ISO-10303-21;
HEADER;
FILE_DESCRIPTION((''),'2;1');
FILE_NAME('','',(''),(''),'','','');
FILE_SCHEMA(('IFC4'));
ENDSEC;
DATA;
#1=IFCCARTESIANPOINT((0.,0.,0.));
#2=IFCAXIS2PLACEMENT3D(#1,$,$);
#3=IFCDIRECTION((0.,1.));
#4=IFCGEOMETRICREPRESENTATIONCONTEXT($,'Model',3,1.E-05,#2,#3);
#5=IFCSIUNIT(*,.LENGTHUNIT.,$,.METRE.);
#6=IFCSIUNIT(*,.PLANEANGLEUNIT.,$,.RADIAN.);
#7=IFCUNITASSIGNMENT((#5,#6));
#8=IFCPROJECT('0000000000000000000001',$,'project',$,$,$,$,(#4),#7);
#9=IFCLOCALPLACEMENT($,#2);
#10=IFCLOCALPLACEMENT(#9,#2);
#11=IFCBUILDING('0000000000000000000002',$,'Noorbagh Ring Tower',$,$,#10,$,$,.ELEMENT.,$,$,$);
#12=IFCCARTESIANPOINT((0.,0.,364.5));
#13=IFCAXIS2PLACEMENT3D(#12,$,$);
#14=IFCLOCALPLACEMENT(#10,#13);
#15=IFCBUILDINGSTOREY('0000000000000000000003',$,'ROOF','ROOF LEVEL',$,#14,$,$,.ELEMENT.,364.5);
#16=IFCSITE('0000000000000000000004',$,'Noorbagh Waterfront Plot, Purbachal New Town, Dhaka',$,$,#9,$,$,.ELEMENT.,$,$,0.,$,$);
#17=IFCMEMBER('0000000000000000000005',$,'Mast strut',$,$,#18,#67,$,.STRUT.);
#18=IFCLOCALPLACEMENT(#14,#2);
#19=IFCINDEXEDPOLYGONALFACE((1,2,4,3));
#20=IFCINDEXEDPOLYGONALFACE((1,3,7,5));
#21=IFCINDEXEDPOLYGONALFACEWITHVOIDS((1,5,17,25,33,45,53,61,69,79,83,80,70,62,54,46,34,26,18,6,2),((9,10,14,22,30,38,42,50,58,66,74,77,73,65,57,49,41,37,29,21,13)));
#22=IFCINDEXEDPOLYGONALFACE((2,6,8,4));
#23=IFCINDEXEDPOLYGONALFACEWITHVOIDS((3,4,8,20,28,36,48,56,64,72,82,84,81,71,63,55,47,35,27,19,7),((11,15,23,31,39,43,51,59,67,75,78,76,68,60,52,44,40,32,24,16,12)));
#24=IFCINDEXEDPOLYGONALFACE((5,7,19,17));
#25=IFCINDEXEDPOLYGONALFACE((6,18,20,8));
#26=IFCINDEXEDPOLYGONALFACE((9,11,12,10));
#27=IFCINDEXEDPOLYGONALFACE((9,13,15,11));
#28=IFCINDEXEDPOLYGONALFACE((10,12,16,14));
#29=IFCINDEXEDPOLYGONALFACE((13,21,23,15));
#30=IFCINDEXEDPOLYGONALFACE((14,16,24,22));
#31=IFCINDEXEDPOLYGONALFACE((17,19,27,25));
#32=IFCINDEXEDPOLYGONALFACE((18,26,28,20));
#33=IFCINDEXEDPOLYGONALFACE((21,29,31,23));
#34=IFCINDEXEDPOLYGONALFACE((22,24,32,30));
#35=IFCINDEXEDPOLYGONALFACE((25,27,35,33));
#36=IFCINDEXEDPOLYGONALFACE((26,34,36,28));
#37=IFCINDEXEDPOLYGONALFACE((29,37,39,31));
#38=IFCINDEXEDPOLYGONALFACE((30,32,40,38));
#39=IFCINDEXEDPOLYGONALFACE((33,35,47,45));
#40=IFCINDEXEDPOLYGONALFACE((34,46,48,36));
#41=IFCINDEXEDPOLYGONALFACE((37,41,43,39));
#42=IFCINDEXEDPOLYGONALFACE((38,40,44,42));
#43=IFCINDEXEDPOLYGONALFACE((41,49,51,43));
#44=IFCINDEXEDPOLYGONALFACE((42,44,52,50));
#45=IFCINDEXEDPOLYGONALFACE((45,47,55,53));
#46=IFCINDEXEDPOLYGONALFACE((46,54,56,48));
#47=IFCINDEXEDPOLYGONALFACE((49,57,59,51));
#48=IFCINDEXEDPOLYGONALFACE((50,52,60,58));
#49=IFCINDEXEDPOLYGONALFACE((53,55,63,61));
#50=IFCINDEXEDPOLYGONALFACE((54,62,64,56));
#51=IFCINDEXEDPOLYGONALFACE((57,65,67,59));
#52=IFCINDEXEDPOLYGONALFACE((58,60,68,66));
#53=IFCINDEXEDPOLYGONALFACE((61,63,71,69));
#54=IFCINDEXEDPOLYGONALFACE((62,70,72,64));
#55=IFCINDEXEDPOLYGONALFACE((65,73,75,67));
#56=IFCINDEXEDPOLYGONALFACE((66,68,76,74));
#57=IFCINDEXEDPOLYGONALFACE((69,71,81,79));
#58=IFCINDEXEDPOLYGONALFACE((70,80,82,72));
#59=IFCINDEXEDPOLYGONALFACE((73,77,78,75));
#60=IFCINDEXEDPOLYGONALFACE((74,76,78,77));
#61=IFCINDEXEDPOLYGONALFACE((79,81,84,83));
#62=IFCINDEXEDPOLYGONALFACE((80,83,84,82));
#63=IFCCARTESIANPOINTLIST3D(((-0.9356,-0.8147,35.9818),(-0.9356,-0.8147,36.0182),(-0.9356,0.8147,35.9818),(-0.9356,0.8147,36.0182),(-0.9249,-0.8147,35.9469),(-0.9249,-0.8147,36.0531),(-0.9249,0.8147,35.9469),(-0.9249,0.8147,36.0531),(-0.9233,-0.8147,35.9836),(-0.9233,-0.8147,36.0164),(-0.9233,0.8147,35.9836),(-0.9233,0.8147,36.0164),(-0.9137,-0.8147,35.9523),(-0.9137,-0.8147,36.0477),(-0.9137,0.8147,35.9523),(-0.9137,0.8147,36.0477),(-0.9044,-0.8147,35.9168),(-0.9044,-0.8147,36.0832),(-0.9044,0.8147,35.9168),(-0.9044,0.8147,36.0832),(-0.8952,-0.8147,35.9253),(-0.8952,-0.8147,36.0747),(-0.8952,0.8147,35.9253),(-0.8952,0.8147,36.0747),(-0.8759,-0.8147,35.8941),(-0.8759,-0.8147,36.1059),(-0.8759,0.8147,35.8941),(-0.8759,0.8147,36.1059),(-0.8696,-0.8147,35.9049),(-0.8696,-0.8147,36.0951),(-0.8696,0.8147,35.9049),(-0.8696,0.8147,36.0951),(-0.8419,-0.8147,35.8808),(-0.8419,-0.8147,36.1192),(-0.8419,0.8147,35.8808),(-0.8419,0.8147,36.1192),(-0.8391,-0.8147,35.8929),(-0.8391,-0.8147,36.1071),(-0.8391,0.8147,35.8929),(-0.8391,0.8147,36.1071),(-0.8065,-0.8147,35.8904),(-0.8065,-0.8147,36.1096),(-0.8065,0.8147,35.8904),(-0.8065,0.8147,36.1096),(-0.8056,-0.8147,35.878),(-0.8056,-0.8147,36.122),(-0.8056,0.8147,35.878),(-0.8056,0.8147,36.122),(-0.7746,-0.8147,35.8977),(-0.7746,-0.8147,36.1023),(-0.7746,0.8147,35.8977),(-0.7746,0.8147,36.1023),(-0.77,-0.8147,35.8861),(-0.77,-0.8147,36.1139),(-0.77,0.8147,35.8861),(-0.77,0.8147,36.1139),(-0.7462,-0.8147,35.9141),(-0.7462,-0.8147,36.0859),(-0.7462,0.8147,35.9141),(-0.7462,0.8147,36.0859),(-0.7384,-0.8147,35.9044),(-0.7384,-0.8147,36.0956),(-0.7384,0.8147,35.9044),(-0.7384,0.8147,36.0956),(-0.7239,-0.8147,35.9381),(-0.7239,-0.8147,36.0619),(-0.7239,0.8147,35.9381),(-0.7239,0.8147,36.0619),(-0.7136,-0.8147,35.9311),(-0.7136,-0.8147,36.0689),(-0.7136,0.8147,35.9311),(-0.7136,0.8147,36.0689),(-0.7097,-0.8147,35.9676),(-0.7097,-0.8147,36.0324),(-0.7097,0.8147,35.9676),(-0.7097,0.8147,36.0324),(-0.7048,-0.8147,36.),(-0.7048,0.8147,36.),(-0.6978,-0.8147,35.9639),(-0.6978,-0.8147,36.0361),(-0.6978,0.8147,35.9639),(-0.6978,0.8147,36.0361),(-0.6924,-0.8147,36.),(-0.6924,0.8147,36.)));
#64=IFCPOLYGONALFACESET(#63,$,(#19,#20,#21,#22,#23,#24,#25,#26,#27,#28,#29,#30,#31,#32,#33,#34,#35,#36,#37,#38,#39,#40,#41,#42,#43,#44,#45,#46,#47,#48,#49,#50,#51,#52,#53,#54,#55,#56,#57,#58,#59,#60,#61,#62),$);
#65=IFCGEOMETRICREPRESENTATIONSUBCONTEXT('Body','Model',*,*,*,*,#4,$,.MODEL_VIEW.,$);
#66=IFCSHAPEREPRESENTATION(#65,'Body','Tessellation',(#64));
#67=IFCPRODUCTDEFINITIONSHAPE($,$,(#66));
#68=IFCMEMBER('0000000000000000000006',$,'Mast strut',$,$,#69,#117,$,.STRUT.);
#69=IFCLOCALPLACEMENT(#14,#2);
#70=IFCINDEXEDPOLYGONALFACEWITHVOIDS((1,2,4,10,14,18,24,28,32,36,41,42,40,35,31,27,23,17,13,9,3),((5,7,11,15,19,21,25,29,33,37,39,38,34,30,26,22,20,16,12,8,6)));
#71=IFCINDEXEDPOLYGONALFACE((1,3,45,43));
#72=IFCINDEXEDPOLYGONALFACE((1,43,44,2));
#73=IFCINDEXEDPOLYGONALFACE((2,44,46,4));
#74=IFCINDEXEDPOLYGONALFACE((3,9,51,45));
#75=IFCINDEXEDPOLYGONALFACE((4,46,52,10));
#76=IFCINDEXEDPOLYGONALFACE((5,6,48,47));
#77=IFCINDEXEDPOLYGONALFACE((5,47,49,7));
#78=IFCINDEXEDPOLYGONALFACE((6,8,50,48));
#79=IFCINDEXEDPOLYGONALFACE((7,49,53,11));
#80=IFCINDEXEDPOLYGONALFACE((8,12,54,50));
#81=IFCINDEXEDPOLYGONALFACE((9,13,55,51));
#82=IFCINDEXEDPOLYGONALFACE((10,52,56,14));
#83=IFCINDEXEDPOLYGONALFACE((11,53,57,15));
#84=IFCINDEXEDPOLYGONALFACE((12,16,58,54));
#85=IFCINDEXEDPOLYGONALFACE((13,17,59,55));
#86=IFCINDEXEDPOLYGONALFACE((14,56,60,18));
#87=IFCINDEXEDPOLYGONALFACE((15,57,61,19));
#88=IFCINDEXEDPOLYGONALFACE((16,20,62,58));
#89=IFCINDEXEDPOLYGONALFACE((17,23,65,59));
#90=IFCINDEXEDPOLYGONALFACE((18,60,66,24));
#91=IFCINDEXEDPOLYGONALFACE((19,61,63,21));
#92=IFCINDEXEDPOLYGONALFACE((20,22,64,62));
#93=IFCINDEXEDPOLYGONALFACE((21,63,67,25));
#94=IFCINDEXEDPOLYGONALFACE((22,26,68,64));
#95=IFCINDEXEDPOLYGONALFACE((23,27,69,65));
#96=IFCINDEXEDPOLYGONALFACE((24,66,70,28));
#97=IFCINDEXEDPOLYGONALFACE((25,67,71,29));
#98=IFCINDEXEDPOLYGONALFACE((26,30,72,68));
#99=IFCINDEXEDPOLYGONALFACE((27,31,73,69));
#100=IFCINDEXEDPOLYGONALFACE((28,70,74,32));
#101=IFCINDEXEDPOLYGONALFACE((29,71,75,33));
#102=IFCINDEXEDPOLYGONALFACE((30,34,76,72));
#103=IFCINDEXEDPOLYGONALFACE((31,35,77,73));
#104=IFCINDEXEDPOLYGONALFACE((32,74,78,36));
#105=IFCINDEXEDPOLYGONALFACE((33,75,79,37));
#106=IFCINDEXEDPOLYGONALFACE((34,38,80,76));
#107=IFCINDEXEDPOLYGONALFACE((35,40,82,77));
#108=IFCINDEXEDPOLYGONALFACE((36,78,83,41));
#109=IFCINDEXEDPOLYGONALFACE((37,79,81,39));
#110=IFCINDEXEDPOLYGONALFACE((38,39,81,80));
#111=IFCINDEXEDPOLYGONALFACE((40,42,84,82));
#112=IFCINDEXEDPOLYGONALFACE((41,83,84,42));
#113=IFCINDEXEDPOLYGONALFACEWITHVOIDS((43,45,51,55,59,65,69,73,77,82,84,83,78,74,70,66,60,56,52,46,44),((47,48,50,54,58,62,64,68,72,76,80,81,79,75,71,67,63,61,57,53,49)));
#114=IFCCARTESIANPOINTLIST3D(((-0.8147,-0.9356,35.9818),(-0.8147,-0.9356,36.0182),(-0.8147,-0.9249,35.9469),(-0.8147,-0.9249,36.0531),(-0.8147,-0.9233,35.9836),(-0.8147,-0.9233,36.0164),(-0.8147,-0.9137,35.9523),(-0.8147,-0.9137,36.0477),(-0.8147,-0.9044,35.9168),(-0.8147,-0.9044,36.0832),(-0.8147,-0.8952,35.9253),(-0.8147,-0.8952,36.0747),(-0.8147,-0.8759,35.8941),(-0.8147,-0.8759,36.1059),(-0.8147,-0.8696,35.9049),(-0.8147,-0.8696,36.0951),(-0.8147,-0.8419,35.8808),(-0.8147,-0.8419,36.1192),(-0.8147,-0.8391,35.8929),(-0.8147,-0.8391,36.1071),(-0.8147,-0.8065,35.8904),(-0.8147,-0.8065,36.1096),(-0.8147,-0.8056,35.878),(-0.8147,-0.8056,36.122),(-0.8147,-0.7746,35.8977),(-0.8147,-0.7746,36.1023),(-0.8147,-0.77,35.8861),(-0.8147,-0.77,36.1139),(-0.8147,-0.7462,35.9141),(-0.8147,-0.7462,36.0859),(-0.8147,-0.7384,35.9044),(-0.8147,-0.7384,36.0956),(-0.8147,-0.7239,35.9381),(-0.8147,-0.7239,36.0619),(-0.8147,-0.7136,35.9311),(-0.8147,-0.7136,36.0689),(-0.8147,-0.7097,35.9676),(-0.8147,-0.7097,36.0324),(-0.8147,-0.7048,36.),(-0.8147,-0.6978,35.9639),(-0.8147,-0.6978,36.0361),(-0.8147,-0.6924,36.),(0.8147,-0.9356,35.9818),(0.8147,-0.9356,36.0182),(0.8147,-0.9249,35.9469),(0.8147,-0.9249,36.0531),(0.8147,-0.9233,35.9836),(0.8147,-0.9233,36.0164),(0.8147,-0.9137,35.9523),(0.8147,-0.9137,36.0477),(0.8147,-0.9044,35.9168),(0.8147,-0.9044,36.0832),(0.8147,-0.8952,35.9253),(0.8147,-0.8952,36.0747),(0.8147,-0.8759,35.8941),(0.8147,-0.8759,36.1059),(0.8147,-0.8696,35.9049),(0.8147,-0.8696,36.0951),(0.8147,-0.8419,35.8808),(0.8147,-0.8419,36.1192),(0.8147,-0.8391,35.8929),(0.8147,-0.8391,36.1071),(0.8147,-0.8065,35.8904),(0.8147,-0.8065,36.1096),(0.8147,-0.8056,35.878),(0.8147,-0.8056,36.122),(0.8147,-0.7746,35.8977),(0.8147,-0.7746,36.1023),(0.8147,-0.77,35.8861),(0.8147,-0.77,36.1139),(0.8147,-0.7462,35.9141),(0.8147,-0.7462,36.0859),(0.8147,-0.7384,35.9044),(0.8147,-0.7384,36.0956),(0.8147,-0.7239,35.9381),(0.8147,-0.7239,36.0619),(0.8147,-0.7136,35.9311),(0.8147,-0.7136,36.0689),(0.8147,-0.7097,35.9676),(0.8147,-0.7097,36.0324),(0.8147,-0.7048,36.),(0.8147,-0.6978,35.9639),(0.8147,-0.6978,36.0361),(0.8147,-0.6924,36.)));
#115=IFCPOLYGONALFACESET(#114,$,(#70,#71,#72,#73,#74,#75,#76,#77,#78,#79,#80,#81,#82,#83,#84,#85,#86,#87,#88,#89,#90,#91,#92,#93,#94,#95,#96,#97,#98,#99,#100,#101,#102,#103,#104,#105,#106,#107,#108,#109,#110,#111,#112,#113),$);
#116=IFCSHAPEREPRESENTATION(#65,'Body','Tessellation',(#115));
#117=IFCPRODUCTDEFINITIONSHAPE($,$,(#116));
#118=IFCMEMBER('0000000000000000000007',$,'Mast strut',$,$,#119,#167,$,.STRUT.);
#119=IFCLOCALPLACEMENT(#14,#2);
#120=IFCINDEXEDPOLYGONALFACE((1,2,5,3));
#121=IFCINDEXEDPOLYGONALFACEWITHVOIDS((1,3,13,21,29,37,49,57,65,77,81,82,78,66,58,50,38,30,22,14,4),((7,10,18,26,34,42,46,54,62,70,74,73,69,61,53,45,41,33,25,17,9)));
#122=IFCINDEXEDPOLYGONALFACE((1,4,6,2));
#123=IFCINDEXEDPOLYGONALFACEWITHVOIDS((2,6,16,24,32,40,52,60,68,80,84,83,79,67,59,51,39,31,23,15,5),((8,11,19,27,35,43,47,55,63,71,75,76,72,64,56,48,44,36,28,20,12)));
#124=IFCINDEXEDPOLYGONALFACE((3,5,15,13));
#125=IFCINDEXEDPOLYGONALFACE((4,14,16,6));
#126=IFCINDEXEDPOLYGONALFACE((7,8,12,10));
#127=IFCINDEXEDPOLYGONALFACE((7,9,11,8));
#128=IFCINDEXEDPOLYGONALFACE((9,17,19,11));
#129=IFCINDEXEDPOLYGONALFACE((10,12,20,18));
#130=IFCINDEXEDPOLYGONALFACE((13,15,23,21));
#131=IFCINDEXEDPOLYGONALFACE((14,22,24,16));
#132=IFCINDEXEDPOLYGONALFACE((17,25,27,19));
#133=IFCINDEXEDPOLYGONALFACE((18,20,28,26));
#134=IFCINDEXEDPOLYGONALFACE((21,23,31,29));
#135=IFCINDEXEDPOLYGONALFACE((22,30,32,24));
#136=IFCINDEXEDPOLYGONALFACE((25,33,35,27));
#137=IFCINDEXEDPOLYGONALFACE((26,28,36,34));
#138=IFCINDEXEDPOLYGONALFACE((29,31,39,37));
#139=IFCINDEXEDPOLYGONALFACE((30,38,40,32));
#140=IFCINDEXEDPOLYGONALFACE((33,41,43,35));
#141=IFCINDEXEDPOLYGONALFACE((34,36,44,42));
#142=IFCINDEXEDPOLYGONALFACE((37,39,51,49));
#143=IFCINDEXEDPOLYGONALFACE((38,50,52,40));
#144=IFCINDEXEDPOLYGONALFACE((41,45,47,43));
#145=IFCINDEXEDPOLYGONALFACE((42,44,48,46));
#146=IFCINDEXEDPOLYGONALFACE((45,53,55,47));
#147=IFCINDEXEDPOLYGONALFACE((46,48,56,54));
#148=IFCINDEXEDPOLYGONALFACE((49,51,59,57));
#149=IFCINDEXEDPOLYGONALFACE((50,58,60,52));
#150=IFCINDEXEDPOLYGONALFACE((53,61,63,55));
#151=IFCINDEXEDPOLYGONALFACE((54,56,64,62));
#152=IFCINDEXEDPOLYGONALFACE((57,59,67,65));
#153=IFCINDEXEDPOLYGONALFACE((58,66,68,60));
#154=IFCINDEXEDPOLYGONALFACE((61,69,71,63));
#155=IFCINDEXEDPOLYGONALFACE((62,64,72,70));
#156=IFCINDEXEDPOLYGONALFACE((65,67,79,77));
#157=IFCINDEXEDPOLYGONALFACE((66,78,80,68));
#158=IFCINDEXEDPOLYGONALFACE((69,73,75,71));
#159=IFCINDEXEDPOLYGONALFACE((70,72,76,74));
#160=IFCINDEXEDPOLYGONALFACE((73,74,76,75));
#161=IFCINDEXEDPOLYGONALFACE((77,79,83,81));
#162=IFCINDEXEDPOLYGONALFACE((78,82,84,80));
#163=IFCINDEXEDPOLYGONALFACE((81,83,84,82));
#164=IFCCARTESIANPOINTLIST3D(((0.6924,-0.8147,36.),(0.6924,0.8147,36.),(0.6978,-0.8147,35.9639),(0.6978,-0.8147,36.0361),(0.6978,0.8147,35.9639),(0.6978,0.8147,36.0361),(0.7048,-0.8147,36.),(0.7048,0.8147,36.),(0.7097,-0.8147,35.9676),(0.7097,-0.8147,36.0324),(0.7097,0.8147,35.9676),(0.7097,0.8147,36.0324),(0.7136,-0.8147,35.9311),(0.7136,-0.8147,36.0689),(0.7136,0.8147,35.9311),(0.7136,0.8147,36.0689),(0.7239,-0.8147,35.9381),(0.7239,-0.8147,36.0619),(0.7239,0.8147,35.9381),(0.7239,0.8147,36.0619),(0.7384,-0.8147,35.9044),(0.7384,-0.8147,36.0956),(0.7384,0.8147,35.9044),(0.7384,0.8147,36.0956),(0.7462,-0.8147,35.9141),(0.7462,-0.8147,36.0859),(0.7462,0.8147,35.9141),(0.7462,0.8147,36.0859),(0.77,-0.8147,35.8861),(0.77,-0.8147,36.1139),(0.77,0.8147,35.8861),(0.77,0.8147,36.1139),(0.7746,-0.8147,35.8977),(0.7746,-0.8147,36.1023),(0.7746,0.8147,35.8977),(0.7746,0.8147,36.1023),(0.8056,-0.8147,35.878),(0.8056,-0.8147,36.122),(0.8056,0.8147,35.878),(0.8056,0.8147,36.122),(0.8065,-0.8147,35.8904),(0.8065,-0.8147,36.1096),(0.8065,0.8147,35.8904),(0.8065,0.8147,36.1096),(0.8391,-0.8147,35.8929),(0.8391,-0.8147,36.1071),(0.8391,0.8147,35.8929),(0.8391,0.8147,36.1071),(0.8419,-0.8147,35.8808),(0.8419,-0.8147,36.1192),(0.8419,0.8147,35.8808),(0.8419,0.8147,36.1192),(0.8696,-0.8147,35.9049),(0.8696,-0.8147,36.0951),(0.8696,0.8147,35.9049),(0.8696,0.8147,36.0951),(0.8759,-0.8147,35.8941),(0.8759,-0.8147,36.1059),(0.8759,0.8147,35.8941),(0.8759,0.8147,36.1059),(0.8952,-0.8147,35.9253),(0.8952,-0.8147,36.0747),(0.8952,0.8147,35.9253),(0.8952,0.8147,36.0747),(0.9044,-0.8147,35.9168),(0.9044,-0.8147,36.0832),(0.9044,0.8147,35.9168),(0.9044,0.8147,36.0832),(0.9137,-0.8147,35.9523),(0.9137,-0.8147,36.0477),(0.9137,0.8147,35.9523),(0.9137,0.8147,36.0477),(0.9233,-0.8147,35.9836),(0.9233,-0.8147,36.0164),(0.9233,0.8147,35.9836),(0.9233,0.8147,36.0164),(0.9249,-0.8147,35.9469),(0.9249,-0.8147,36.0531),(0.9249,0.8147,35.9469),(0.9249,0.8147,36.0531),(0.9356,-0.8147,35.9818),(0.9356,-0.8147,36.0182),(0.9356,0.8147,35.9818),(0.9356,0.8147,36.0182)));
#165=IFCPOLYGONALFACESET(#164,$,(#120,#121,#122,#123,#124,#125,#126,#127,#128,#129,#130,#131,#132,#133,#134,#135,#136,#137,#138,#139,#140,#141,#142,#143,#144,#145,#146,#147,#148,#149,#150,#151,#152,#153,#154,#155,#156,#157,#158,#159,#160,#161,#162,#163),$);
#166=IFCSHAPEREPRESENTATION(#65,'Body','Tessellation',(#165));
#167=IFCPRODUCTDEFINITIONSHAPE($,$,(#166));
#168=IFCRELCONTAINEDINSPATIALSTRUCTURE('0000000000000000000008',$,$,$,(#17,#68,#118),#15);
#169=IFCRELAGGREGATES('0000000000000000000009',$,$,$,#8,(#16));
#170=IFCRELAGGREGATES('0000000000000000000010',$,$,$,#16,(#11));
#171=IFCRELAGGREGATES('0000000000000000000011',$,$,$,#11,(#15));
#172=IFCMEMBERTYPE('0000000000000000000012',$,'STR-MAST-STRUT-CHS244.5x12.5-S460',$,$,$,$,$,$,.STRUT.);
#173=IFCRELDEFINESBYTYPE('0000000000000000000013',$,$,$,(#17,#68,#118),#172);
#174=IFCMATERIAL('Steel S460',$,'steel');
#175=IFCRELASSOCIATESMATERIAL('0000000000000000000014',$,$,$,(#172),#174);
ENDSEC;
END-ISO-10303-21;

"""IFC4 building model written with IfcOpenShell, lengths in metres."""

from ifc_helpers import new_model, si_unit, direction, frame, origin, origin_2d, place, context, subcontext, project, spatial, hollow_circle, extrude, material, material_profile, profile_set, type_object, element, save


model = new_model("IFC4")

# Units and contexts
model_context = context("Model", 3, precision=1e-05, world=origin(), true_north=direction((0.0, 1.0)))
body_context = subcontext(model_context, "Body", "Model", "MODEL_VIEW")
ifc_project = project(units=[si_unit("LENGTHUNIT", "METRE"), si_unit("PLANEANGLEUNIT", "RADIAN")], contexts=[model_context])

# Site, building, storey
site_placement = place(None, origin())
site = spatial("IfcSite", under=ifc_project, at=site_placement, Name="Noorbagh Waterfront Plot, Purbachal New Town, Dhaka", CompositionType="ELEMENT", RefElevation=0.0)
building_placement = place(site_placement, origin())
building = spatial("IfcBuilding", under=site, at=building_placement, Name="Noorbagh Ring Tower", CompositionType="ELEMENT")
storey_placement = place(building_placement, frame((0.0, 0.0, 364.5)))
storey = spatial("IfcBuildingStorey", under=building, at=storey_placement, Name="ROOF", Description="ROOF LEVEL", CompositionType="ELEMENT", Elevation=364.5)

# Members
ifc_material_1 = material(Name="Steel S460", Category="steel")
ifc_material_profile_1 = material_profile(ifc_material_1, hollow_circle(Radius=0.1223, WallThickness=0.0125, at=origin_2d()), Name="CHS244.5x12.5")
ifc_profile_set_1 = profile_set([ifc_material_profile_1], Name="Steel S460")
member_type_1 = type_object("IfcMemberType", Name="STR-MAST-STRUT-CHS244.5x12.5-S460", PredefinedType="STRUT", material=ifc_profile_set_1)
for number, where, z_axis, x_axis, name in (
    (1, (-0.8147, 0.8147, 36.0), (0.0, -1.0, 0.0), (1.0, 0.0, 0.0), "Mast strut"),
    (2, (-0.8147, -0.8147, 36.0), (1.0, 0.0, 0.0), (0.0, 1.0, 0.0), "Mast strut"),
    (3, (0.8147, -0.8147, 36.0), (0.0, 1.0, 0.0), (-1.0, 0.0, 0.0), "Mast strut"),
):
    element("IfcMember", number, at=place(storey_placement, frame(where, z_axis=z_axis, x_axis=x_axis)), inside=storey, type_object=member_type_1, Name=name, PredefinedType="STRUT", context=body_context, shape_type="SweptSolid", body=[
        extrude(hollow_circle(Radius=0.1223, WallThickness=0.0125, at=origin_2d()), origin(), (0.0, 0.0, 1.0), 1.6294),
    ])

save(model, "model.ifc")
